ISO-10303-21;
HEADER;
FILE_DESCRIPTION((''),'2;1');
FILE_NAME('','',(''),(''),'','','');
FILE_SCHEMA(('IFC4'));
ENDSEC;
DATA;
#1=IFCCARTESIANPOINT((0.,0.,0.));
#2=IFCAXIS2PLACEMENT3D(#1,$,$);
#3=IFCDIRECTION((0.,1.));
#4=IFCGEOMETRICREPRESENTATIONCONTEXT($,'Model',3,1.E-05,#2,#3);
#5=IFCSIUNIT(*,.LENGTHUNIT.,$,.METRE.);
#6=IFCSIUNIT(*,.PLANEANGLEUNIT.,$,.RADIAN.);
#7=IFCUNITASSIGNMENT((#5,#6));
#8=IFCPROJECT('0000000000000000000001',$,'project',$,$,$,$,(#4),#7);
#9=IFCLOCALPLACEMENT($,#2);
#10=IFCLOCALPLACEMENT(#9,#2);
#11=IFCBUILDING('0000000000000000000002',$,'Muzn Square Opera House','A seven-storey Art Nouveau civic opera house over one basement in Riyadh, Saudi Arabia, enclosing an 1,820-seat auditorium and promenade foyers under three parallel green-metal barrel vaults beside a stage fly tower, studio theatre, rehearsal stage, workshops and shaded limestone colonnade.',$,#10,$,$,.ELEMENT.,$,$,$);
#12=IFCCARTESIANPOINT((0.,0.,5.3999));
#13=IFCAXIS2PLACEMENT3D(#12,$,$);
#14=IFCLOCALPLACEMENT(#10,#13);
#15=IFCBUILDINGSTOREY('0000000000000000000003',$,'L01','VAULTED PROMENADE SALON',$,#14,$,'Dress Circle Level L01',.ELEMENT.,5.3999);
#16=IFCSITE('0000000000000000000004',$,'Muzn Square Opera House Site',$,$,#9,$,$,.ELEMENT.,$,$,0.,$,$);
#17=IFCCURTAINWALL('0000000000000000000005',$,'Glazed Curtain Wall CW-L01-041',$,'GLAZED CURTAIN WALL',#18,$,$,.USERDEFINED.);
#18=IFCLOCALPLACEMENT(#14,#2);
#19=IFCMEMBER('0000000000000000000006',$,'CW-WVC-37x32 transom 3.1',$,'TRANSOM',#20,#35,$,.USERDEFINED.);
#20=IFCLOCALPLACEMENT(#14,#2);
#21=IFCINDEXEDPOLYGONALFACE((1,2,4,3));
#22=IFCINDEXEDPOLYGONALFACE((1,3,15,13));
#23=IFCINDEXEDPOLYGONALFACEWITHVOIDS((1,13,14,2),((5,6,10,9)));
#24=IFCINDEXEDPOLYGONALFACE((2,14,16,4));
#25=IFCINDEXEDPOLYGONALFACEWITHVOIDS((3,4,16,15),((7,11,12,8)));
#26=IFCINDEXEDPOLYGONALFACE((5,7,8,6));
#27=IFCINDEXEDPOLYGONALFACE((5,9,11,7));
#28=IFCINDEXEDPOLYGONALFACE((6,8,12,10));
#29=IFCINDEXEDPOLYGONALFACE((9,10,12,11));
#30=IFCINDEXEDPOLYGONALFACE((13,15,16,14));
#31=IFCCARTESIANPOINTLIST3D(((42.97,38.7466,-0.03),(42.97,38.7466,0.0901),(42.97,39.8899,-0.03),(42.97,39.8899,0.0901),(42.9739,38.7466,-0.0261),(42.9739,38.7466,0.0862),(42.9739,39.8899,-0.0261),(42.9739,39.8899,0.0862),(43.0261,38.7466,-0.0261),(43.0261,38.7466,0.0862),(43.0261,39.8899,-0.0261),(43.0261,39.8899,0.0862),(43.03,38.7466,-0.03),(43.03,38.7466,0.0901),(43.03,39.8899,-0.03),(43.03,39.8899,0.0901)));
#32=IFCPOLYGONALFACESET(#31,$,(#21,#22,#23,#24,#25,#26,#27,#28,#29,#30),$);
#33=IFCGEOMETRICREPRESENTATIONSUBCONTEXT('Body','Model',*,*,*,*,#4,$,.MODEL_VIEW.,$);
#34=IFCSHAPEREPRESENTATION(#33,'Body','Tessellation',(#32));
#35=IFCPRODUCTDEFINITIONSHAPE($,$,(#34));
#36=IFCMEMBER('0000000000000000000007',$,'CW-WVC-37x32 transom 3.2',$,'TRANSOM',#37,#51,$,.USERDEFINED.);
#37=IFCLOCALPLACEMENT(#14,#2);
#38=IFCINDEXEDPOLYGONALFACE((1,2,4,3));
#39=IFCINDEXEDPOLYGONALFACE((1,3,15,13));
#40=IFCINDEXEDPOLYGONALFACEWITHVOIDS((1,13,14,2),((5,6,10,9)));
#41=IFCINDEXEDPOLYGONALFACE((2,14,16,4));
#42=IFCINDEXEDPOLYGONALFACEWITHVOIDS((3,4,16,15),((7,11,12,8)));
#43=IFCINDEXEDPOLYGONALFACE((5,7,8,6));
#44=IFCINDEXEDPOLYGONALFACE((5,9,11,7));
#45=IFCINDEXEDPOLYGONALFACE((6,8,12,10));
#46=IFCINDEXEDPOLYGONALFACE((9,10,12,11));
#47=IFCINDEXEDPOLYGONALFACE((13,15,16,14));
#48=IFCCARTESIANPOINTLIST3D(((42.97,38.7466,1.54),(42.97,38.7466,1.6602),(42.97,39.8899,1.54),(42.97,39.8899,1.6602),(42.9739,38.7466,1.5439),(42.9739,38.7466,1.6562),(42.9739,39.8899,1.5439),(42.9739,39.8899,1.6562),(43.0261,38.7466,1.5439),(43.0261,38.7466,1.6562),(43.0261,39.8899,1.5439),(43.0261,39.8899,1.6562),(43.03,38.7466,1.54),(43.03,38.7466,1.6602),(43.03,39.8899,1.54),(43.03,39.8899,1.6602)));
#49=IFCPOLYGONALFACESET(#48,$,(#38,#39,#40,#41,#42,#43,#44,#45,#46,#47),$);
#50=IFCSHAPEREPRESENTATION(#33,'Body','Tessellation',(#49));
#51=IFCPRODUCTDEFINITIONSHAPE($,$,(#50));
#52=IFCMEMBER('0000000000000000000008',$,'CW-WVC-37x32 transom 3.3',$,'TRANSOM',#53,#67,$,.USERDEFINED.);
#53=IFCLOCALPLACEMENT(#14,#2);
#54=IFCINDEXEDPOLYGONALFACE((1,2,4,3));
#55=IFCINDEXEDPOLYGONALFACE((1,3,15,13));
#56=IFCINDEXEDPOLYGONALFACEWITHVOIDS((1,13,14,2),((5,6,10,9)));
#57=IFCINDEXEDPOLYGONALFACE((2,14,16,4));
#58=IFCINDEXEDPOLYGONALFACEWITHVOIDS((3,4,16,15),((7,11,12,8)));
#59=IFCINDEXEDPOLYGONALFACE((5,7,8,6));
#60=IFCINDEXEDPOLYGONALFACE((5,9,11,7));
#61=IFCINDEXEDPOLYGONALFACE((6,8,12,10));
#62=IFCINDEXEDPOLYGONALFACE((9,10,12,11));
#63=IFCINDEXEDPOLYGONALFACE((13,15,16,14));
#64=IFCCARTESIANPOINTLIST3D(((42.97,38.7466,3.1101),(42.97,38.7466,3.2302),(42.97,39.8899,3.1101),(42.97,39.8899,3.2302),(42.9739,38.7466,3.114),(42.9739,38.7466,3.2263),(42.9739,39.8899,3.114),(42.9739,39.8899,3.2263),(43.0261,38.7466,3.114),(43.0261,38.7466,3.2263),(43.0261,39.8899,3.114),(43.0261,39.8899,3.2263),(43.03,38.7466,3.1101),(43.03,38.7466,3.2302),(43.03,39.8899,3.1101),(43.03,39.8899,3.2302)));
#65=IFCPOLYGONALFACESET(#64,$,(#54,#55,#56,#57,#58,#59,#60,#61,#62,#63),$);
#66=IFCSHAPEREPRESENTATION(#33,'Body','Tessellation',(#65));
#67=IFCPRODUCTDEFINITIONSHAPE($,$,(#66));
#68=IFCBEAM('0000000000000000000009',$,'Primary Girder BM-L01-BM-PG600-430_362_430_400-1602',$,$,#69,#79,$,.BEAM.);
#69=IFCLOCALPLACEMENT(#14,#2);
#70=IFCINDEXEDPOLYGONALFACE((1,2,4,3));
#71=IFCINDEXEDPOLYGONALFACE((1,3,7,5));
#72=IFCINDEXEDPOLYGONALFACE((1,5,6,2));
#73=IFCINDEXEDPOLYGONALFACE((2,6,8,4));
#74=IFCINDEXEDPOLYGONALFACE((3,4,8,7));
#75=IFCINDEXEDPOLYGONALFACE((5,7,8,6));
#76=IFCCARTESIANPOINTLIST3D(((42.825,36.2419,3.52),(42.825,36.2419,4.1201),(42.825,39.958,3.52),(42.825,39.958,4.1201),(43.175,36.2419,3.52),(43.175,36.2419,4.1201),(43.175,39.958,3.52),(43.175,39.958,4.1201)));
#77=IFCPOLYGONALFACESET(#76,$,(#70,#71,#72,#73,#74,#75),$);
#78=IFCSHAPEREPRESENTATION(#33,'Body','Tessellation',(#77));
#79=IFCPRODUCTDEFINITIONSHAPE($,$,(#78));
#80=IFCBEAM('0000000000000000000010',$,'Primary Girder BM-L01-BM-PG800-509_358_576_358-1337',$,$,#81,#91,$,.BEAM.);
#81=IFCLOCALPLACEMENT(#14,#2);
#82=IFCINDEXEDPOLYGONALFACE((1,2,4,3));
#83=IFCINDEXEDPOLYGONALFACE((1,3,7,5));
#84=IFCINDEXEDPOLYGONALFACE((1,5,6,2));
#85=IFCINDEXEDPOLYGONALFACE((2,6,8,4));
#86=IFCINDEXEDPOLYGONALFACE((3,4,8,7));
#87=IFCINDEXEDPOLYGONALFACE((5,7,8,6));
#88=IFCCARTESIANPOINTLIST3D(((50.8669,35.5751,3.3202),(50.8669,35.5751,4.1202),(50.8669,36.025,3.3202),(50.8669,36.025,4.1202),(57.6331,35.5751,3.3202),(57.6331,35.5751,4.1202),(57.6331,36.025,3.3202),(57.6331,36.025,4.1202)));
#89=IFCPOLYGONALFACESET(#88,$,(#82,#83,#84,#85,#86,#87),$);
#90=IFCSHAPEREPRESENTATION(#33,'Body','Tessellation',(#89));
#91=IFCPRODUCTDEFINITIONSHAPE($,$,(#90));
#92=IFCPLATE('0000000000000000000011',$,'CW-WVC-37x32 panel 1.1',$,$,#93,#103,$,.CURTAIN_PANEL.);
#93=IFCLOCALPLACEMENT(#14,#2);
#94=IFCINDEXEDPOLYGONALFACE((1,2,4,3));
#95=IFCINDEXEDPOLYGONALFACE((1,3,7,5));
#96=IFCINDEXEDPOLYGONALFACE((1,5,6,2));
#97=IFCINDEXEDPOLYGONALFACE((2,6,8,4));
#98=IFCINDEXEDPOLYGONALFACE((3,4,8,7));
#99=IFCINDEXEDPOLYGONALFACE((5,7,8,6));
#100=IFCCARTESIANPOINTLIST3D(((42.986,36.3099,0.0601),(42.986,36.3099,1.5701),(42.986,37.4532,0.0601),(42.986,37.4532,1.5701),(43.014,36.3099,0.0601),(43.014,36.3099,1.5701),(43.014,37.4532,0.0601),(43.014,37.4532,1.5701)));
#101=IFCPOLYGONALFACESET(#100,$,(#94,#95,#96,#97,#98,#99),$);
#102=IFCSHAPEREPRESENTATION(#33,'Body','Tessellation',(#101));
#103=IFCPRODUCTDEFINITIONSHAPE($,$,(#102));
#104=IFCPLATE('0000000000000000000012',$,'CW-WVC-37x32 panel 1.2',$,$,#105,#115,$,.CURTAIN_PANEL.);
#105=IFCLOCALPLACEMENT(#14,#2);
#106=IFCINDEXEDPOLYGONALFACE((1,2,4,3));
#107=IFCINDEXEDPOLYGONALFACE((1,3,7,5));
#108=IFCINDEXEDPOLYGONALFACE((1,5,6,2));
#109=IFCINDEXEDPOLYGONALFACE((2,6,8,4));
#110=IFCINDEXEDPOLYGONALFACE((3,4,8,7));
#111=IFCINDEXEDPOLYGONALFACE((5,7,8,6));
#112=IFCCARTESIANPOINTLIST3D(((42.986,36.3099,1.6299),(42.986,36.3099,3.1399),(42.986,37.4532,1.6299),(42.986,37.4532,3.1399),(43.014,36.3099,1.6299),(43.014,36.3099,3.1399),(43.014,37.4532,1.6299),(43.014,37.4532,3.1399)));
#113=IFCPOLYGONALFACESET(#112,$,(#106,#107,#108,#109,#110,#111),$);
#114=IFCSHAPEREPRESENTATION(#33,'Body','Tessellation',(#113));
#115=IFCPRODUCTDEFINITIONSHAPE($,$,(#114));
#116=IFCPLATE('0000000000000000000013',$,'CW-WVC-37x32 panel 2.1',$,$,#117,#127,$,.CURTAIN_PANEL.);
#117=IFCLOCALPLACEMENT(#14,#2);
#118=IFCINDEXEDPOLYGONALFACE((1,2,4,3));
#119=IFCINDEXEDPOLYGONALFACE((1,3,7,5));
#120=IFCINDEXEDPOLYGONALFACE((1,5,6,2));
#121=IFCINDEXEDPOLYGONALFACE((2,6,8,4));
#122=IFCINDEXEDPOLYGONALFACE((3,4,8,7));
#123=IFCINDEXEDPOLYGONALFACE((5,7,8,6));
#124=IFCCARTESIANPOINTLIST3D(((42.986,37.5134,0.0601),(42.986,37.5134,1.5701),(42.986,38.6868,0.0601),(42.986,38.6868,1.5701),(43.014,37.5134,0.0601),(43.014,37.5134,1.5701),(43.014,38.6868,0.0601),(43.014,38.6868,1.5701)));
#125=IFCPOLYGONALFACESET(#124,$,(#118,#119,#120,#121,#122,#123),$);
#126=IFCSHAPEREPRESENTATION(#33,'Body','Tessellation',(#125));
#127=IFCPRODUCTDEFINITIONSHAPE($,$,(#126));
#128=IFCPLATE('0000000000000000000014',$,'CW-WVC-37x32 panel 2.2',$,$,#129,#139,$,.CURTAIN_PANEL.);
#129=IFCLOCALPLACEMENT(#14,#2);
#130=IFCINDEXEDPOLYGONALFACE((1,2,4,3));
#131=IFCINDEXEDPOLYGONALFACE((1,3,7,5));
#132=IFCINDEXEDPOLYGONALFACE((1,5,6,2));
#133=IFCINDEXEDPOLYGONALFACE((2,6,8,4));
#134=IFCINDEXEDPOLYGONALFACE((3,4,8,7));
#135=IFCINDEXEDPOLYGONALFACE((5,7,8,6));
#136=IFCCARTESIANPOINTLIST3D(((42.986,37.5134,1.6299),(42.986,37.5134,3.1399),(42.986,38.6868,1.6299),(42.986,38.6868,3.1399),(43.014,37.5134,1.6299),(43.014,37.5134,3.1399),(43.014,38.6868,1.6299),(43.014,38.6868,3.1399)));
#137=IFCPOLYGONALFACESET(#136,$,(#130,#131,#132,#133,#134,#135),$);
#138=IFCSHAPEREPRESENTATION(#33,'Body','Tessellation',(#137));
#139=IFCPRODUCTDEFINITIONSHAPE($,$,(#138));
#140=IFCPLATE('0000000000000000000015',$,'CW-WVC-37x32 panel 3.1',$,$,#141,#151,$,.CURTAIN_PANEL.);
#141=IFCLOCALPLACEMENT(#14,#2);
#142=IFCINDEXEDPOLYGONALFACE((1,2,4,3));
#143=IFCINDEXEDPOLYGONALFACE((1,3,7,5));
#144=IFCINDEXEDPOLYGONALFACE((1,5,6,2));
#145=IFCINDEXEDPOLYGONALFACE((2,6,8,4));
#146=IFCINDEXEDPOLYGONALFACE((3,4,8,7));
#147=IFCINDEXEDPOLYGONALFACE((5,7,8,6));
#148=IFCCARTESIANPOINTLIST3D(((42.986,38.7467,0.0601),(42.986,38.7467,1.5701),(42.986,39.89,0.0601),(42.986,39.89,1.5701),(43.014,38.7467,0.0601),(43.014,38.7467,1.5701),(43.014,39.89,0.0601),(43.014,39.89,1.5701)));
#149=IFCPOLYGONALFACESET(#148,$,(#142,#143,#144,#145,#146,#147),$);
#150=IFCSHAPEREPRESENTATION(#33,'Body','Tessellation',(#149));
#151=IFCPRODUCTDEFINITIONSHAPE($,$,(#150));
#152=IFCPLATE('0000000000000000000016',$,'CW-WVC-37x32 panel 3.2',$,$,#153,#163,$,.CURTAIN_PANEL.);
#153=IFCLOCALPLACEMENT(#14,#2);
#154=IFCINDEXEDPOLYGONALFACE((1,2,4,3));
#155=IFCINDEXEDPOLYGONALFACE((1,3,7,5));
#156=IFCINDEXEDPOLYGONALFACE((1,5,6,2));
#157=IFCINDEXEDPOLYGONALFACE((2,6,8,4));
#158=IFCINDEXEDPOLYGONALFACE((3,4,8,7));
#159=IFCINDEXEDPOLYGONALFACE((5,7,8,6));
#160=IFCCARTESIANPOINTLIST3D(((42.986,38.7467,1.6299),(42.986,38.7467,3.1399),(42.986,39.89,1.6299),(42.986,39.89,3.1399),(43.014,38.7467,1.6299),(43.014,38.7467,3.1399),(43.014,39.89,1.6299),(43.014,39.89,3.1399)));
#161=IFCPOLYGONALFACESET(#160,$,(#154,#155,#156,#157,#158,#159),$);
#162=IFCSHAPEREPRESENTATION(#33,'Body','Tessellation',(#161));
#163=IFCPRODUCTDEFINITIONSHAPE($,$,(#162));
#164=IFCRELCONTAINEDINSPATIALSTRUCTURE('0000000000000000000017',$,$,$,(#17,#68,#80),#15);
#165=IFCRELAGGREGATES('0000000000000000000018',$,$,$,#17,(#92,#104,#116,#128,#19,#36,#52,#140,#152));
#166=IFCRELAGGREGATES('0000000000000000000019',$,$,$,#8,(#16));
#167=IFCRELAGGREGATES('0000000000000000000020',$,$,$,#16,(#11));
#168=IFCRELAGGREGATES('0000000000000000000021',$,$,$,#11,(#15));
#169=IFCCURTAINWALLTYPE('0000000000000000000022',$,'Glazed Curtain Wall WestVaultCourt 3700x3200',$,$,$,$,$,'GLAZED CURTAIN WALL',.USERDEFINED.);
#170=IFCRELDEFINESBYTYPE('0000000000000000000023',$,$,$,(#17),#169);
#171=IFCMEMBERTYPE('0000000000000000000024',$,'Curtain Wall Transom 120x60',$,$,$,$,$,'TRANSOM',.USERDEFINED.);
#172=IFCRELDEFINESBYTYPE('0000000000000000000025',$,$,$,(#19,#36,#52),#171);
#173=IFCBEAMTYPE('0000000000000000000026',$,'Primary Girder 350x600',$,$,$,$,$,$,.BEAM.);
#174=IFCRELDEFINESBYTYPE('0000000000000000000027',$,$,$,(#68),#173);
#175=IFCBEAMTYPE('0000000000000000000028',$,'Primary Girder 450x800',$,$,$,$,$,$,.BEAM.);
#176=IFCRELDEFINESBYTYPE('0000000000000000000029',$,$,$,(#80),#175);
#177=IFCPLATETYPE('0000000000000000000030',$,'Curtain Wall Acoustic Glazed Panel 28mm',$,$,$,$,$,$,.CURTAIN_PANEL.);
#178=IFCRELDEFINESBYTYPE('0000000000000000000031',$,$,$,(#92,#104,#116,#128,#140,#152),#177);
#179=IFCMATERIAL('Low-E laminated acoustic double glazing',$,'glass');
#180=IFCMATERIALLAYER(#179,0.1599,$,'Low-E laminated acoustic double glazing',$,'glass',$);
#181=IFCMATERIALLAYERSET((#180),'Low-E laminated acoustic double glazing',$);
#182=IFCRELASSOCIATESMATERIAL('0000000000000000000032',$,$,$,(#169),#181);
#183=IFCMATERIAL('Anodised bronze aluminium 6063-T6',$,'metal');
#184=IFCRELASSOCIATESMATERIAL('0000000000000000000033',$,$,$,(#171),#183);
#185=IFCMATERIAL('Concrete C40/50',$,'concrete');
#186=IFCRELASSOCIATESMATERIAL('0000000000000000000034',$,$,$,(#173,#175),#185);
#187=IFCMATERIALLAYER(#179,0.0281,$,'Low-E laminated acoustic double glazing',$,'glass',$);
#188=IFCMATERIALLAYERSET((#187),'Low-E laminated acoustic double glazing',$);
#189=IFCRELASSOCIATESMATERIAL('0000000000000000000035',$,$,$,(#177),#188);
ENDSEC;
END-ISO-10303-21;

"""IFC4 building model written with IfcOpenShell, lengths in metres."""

from ifc_helpers import new_model, si_unit, direction, frame, origin, origin_2d, place, context, subcontext, project, spatial, rectangle, hollow_rectangle, extrude, material, layer, layer_set, material_profile, profile_set, type_object, element, aggregate, save


model = new_model("IFC4")

# Units and contexts
model_context = context("Model", 3, precision=1e-05, world=origin(), true_north=direction((0.0, 1.0)))
body_context = subcontext(model_context, "Body", "Model", "MODEL_VIEW")
ifc_project = project(units=[si_unit("LENGTHUNIT", "METRE"), si_unit("PLANEANGLEUNIT", "RADIAN")], contexts=[model_context])

# Site, building, storey
site_placement = place(None, origin())
site = spatial("IfcSite", under=ifc_project, at=site_placement, Name="Muzn Square Opera House Site", CompositionType="ELEMENT", RefElevation=0.0)
building_placement = place(site_placement, origin())
building = spatial("IfcBuilding", under=site, at=building_placement, Name="Muzn Square Opera House", Description="A seven-storey Art Nouveau civic opera house over one basement in Riyadh, Saudi Arabia, enclosing an 1,820-seat auditorium and promenade foyers under three parallel green-metal barrel vaults beside a stage fly tower, studio theatre, rehearsal stage, workshops and shaded limestone colonnade.", CompositionType="ELEMENT")
storey_placement = place(building_placement, frame((0.0, 0.0, 5.3999)))
storey = spatial("IfcBuildingStorey", under=building, at=storey_placement, Name="L01", Description="VAULTED PROMENADE SALON", LongName="Dress Circle Level L01", CompositionType="ELEMENT", Elevation=5.3999)

# Curtain wall, members
ifc_material_1 = material(Name="Low-E laminated acoustic double glazing", Category="glass")
ifc_layer_1 = layer(ifc_material_1, 0.1599, Name="Low-E laminated acoustic double glazing", Category="glass")
ifc_layer_set_1 = layer_set([ifc_layer_1], Name="Low-E laminated acoustic double glazing")
curtain_wall_type = type_object("IfcCurtainWallType", Name="Glazed Curtain Wall WestVaultCourt 3700x3200", ElementType="GLAZED CURTAIN WALL", PredefinedType="USERDEFINED", material=ifc_layer_set_1)
curtain_wall_placement = place(storey_placement, origin())
curtain_wall = element("IfcCurtainWall", 1, at=curtain_wall_placement, inside=storey, type_object=curtain_wall_type, Name="Glazed Curtain Wall CW-L01-041", ObjectType="GLAZED CURTAIN WALL", PredefinedType="USERDEFINED")
ifc_material_2 = material(Name="Anodised bronze aluminium 6063-T6", Category="metal")
ifc_material_profile_1 = material_profile(ifc_material_2, hollow_rectangle(XDim=0.0601, YDim=0.1201, WallThickness=0.0039, at=origin_2d()), Name="ALU 120x60x4", Category="metal")
ifc_profile_set_1 = profile_set([ifc_material_profile_1], Name="Anodised bronze aluminium 6063-T6")
member_type_1 = type_object("IfcMemberType", Name="Curtain Wall Transom 120x60", ElementType="TRANSOM", PredefinedType="USERDEFINED", material=ifc_profile_set_1)
member_1_placement = place(storey_placement, frame((43.0, 38.7466, 0.03), z_axis=(0.0, 1.0, 0.0), x_axis=(-1.0, 0.0, 0.0)))
member_1 = element("IfcMember", 2, at=member_1_placement, type_object=member_type_1, Name="CW-WVC-37x32 transom 3.1", ObjectType="TRANSOM", PredefinedType="USERDEFINED", context=body_context, shape_type="SweptSolid", body=[
    extrude(hollow_rectangle(XDim=0.0601, YDim=0.1201, WallThickness=0.0039, at=origin_2d()), origin(), (0.0, 0.0, 1.0), 1.1433),
])
member_2_placement = place(storey_placement, frame((43.0, 38.7466, 1.6001), z_axis=(0.0, 1.0, 0.0), x_axis=(-1.0, 0.0, 0.0)))
member_2 = element("IfcMember", 3, at=member_2_placement, type_object=member_type_1, Name="CW-WVC-37x32 transom 3.2", ObjectType="TRANSOM", PredefinedType="USERDEFINED", context=body_context, shape_type="SweptSolid", body=[
    extrude(hollow_rectangle(XDim=0.0601, YDim=0.1201, WallThickness=0.0039, at=origin_2d()), origin(), (0.0, 0.0, 1.0), 1.1433),
])
member_3_placement = place(storey_placement, frame((43.0, 38.7466, 3.1702), z_axis=(0.0, 1.0, 0.0), x_axis=(-1.0, 0.0, 0.0)))
member_3 = element("IfcMember", 4, at=member_3_placement, type_object=member_type_1, Name="CW-WVC-37x32 transom 3.3", ObjectType="TRANSOM", PredefinedType="USERDEFINED", context=body_context, shape_type="SweptSolid", body=[
    extrude(hollow_rectangle(XDim=0.0601, YDim=0.1201, WallThickness=0.0039, at=origin_2d()), origin(), (0.0, 0.0, 1.0), 1.1433),
])

# Beams
ifc_material_3 = material(Name="Concrete C40/50", Category="concrete")
ifc_material_profile_2 = material_profile(ifc_material_3, rectangle(XDim=0.3501, YDim=0.6001, at=origin_2d()), Name="RCB 350x600", Category="concrete")
ifc_profile_set_2 = profile_set([ifc_material_profile_2], Name="Concrete C40/50")
beam_type_1 = type_object("IfcBeamType", Name="Primary Girder 350x600", PredefinedType="BEAM", material=ifc_profile_set_2)
beam_1_placement = place(storey_placement, frame((43.0, 36.2419, 3.8201), z_axis=(0.0, 1.0, 0.0), x_axis=(-1.0, 0.0, 0.0)))
element("IfcBeam", 5, at=beam_1_placement, inside=storey, type_object=beam_type_1, Name="Primary Girder BM-L01-BM-PG600-430_362_430_400-1602", PredefinedType="BEAM", context=body_context, shape_type="SweptSolid", body=[
    extrude(rectangle(XDim=0.3501, YDim=0.6001, at=origin_2d()), origin(), (0.0, 0.0, 1.0), 3.7161),
])
ifc_material_profile_3 = material_profile(ifc_material_3, rectangle(XDim=0.45, YDim=0.8, at=origin_2d()), Name="RCB 450x800", Category="concrete")
ifc_profile_set_3 = profile_set([ifc_material_profile_3], Name="Concrete C40/50")
beam_type_2 = type_object("IfcBeamType", Name="Primary Girder 450x800", PredefinedType="BEAM", material=ifc_profile_set_3)
beam_2_placement = place(storey_placement, frame((50.8669, 35.8, 3.7202), z_axis=(1.0, 0.0, 0.0), x_axis=(0.0, 1.0, 0.0)))
element("IfcBeam", 6, at=beam_2_placement, inside=storey, type_object=beam_type_2, Name="Primary Girder BM-L01-BM-PG800-509_358_576_358-1337", PredefinedType="BEAM", context=body_context, shape_type="SweptSolid", body=[
    extrude(rectangle(XDim=0.45, YDim=0.8, at=origin_2d()), origin(), (0.0, 0.0, 1.0), 6.7661),
])

# Plates
ifc_layer_2 = layer(ifc_material_1, 0.0281, Name="Low-E laminated acoustic double glazing", Category="glass")
ifc_layer_set_2 = layer_set([ifc_layer_2], Name="Low-E laminated acoustic double glazing")
plate_type = type_object("IfcPlateType", Name="Curtain Wall Acoustic Glazed Panel 28mm", PredefinedType="CURTAIN_PANEL", material=ifc_layer_set_2)
plate_1_placement = place(storey_placement, frame((43.0, 36.8816, 0.0601), z_axis=(0.0, 0.0, 1.0), x_axis=(0.0, 1.0, 0.0)))
plate_1 = element("IfcPlate", 7, at=plate_1_placement, type_object=plate_type, Name="CW-WVC-37x32 panel 1.1", PredefinedType="CURTAIN_PANEL", context=body_context, shape_type="SweptSolid", body=[
    extrude(rectangle(XDim=1.1433, YDim=0.0281, at=origin_2d()), origin(), (0.0, 0.0, 1.0), 1.51),
])
plate_2_placement = place(storey_placement, frame((43.0, 36.8816, 1.6299), z_axis=(0.0, 0.0, 1.0), x_axis=(0.0, 1.0, 0.0)))
plate_2 = element("IfcPlate", 8, at=plate_2_placement, type_object=plate_type, Name="CW-WVC-37x32 panel 1.2", PredefinedType="CURTAIN_PANEL", context=body_context, shape_type="SweptSolid", body=[
    extrude(rectangle(XDim=1.1433, YDim=0.0281, at=origin_2d()), origin(), (0.0, 0.0, 1.0), 1.51),
])
plate_3_placement = place(storey_placement, frame((43.0, 38.1001, 0.0601), z_axis=(0.0, 0.0, 1.0), x_axis=(0.0, 1.0, 0.0)))
plate_3 = element("IfcPlate", 9, at=plate_3_placement, type_object=plate_type, Name="CW-WVC-37x32 panel 2.1", PredefinedType="CURTAIN_PANEL", context=body_context, shape_type="SweptSolid", body=[
    extrude(rectangle(XDim=1.1733, YDim=0.0281, at=origin_2d()), origin(), (0.0, 0.0, 1.0), 1.51),
])
plate_4_placement = place(storey_placement, frame((43.0, 38.1001, 1.6299), z_axis=(0.0, 0.0, 1.0), x_axis=(0.0, 1.0, 0.0)))
plate_4 = element("IfcPlate", 10, at=plate_4_placement, type_object=plate_type, Name="CW-WVC-37x32 panel 2.2", PredefinedType="CURTAIN_PANEL", context=body_context, shape_type="SweptSolid", body=[
    extrude(rectangle(XDim=1.1733, YDim=0.0281, at=origin_2d()), origin(), (0.0, 0.0, 1.0), 1.51),
])
plate_5_placement = place(storey_placement, frame((43.0, 39.3184, 0.0601), z_axis=(0.0, 0.0, 1.0), x_axis=(0.0, 1.0, 0.0)))
plate_5 = element("IfcPlate", 11, at=plate_5_placement, type_object=plate_type, Name="CW-WVC-37x32 panel 3.1", PredefinedType="CURTAIN_PANEL", context=body_context, shape_type="SweptSolid", body=[
    extrude(rectangle(XDim=1.1433, YDim=0.0281, at=origin_2d()), origin(), (0.0, 0.0, 1.0), 1.51),
])
plate_6_placement = place(storey_placement, frame((43.0, 39.3184, 1.6299), z_axis=(0.0, 0.0, 1.0), x_axis=(0.0, 1.0, 0.0)))
plate_6 = element("IfcPlate", 12, at=plate_6_placement, type_object=plate_type, Name="CW-WVC-37x32 panel 3.2", PredefinedType="CURTAIN_PANEL", context=body_context, shape_type="SweptSolid", body=[
    extrude(rectangle(XDim=1.1433, YDim=0.0281, at=origin_2d()), origin(), (0.0, 0.0, 1.0), 1.51),
])
aggregate(curtain_wall, [plate_1, plate_2, plate_3, plate_4, member_1, member_2, member_3, plate_5, plate_6])

save(model, "model.ifc")
